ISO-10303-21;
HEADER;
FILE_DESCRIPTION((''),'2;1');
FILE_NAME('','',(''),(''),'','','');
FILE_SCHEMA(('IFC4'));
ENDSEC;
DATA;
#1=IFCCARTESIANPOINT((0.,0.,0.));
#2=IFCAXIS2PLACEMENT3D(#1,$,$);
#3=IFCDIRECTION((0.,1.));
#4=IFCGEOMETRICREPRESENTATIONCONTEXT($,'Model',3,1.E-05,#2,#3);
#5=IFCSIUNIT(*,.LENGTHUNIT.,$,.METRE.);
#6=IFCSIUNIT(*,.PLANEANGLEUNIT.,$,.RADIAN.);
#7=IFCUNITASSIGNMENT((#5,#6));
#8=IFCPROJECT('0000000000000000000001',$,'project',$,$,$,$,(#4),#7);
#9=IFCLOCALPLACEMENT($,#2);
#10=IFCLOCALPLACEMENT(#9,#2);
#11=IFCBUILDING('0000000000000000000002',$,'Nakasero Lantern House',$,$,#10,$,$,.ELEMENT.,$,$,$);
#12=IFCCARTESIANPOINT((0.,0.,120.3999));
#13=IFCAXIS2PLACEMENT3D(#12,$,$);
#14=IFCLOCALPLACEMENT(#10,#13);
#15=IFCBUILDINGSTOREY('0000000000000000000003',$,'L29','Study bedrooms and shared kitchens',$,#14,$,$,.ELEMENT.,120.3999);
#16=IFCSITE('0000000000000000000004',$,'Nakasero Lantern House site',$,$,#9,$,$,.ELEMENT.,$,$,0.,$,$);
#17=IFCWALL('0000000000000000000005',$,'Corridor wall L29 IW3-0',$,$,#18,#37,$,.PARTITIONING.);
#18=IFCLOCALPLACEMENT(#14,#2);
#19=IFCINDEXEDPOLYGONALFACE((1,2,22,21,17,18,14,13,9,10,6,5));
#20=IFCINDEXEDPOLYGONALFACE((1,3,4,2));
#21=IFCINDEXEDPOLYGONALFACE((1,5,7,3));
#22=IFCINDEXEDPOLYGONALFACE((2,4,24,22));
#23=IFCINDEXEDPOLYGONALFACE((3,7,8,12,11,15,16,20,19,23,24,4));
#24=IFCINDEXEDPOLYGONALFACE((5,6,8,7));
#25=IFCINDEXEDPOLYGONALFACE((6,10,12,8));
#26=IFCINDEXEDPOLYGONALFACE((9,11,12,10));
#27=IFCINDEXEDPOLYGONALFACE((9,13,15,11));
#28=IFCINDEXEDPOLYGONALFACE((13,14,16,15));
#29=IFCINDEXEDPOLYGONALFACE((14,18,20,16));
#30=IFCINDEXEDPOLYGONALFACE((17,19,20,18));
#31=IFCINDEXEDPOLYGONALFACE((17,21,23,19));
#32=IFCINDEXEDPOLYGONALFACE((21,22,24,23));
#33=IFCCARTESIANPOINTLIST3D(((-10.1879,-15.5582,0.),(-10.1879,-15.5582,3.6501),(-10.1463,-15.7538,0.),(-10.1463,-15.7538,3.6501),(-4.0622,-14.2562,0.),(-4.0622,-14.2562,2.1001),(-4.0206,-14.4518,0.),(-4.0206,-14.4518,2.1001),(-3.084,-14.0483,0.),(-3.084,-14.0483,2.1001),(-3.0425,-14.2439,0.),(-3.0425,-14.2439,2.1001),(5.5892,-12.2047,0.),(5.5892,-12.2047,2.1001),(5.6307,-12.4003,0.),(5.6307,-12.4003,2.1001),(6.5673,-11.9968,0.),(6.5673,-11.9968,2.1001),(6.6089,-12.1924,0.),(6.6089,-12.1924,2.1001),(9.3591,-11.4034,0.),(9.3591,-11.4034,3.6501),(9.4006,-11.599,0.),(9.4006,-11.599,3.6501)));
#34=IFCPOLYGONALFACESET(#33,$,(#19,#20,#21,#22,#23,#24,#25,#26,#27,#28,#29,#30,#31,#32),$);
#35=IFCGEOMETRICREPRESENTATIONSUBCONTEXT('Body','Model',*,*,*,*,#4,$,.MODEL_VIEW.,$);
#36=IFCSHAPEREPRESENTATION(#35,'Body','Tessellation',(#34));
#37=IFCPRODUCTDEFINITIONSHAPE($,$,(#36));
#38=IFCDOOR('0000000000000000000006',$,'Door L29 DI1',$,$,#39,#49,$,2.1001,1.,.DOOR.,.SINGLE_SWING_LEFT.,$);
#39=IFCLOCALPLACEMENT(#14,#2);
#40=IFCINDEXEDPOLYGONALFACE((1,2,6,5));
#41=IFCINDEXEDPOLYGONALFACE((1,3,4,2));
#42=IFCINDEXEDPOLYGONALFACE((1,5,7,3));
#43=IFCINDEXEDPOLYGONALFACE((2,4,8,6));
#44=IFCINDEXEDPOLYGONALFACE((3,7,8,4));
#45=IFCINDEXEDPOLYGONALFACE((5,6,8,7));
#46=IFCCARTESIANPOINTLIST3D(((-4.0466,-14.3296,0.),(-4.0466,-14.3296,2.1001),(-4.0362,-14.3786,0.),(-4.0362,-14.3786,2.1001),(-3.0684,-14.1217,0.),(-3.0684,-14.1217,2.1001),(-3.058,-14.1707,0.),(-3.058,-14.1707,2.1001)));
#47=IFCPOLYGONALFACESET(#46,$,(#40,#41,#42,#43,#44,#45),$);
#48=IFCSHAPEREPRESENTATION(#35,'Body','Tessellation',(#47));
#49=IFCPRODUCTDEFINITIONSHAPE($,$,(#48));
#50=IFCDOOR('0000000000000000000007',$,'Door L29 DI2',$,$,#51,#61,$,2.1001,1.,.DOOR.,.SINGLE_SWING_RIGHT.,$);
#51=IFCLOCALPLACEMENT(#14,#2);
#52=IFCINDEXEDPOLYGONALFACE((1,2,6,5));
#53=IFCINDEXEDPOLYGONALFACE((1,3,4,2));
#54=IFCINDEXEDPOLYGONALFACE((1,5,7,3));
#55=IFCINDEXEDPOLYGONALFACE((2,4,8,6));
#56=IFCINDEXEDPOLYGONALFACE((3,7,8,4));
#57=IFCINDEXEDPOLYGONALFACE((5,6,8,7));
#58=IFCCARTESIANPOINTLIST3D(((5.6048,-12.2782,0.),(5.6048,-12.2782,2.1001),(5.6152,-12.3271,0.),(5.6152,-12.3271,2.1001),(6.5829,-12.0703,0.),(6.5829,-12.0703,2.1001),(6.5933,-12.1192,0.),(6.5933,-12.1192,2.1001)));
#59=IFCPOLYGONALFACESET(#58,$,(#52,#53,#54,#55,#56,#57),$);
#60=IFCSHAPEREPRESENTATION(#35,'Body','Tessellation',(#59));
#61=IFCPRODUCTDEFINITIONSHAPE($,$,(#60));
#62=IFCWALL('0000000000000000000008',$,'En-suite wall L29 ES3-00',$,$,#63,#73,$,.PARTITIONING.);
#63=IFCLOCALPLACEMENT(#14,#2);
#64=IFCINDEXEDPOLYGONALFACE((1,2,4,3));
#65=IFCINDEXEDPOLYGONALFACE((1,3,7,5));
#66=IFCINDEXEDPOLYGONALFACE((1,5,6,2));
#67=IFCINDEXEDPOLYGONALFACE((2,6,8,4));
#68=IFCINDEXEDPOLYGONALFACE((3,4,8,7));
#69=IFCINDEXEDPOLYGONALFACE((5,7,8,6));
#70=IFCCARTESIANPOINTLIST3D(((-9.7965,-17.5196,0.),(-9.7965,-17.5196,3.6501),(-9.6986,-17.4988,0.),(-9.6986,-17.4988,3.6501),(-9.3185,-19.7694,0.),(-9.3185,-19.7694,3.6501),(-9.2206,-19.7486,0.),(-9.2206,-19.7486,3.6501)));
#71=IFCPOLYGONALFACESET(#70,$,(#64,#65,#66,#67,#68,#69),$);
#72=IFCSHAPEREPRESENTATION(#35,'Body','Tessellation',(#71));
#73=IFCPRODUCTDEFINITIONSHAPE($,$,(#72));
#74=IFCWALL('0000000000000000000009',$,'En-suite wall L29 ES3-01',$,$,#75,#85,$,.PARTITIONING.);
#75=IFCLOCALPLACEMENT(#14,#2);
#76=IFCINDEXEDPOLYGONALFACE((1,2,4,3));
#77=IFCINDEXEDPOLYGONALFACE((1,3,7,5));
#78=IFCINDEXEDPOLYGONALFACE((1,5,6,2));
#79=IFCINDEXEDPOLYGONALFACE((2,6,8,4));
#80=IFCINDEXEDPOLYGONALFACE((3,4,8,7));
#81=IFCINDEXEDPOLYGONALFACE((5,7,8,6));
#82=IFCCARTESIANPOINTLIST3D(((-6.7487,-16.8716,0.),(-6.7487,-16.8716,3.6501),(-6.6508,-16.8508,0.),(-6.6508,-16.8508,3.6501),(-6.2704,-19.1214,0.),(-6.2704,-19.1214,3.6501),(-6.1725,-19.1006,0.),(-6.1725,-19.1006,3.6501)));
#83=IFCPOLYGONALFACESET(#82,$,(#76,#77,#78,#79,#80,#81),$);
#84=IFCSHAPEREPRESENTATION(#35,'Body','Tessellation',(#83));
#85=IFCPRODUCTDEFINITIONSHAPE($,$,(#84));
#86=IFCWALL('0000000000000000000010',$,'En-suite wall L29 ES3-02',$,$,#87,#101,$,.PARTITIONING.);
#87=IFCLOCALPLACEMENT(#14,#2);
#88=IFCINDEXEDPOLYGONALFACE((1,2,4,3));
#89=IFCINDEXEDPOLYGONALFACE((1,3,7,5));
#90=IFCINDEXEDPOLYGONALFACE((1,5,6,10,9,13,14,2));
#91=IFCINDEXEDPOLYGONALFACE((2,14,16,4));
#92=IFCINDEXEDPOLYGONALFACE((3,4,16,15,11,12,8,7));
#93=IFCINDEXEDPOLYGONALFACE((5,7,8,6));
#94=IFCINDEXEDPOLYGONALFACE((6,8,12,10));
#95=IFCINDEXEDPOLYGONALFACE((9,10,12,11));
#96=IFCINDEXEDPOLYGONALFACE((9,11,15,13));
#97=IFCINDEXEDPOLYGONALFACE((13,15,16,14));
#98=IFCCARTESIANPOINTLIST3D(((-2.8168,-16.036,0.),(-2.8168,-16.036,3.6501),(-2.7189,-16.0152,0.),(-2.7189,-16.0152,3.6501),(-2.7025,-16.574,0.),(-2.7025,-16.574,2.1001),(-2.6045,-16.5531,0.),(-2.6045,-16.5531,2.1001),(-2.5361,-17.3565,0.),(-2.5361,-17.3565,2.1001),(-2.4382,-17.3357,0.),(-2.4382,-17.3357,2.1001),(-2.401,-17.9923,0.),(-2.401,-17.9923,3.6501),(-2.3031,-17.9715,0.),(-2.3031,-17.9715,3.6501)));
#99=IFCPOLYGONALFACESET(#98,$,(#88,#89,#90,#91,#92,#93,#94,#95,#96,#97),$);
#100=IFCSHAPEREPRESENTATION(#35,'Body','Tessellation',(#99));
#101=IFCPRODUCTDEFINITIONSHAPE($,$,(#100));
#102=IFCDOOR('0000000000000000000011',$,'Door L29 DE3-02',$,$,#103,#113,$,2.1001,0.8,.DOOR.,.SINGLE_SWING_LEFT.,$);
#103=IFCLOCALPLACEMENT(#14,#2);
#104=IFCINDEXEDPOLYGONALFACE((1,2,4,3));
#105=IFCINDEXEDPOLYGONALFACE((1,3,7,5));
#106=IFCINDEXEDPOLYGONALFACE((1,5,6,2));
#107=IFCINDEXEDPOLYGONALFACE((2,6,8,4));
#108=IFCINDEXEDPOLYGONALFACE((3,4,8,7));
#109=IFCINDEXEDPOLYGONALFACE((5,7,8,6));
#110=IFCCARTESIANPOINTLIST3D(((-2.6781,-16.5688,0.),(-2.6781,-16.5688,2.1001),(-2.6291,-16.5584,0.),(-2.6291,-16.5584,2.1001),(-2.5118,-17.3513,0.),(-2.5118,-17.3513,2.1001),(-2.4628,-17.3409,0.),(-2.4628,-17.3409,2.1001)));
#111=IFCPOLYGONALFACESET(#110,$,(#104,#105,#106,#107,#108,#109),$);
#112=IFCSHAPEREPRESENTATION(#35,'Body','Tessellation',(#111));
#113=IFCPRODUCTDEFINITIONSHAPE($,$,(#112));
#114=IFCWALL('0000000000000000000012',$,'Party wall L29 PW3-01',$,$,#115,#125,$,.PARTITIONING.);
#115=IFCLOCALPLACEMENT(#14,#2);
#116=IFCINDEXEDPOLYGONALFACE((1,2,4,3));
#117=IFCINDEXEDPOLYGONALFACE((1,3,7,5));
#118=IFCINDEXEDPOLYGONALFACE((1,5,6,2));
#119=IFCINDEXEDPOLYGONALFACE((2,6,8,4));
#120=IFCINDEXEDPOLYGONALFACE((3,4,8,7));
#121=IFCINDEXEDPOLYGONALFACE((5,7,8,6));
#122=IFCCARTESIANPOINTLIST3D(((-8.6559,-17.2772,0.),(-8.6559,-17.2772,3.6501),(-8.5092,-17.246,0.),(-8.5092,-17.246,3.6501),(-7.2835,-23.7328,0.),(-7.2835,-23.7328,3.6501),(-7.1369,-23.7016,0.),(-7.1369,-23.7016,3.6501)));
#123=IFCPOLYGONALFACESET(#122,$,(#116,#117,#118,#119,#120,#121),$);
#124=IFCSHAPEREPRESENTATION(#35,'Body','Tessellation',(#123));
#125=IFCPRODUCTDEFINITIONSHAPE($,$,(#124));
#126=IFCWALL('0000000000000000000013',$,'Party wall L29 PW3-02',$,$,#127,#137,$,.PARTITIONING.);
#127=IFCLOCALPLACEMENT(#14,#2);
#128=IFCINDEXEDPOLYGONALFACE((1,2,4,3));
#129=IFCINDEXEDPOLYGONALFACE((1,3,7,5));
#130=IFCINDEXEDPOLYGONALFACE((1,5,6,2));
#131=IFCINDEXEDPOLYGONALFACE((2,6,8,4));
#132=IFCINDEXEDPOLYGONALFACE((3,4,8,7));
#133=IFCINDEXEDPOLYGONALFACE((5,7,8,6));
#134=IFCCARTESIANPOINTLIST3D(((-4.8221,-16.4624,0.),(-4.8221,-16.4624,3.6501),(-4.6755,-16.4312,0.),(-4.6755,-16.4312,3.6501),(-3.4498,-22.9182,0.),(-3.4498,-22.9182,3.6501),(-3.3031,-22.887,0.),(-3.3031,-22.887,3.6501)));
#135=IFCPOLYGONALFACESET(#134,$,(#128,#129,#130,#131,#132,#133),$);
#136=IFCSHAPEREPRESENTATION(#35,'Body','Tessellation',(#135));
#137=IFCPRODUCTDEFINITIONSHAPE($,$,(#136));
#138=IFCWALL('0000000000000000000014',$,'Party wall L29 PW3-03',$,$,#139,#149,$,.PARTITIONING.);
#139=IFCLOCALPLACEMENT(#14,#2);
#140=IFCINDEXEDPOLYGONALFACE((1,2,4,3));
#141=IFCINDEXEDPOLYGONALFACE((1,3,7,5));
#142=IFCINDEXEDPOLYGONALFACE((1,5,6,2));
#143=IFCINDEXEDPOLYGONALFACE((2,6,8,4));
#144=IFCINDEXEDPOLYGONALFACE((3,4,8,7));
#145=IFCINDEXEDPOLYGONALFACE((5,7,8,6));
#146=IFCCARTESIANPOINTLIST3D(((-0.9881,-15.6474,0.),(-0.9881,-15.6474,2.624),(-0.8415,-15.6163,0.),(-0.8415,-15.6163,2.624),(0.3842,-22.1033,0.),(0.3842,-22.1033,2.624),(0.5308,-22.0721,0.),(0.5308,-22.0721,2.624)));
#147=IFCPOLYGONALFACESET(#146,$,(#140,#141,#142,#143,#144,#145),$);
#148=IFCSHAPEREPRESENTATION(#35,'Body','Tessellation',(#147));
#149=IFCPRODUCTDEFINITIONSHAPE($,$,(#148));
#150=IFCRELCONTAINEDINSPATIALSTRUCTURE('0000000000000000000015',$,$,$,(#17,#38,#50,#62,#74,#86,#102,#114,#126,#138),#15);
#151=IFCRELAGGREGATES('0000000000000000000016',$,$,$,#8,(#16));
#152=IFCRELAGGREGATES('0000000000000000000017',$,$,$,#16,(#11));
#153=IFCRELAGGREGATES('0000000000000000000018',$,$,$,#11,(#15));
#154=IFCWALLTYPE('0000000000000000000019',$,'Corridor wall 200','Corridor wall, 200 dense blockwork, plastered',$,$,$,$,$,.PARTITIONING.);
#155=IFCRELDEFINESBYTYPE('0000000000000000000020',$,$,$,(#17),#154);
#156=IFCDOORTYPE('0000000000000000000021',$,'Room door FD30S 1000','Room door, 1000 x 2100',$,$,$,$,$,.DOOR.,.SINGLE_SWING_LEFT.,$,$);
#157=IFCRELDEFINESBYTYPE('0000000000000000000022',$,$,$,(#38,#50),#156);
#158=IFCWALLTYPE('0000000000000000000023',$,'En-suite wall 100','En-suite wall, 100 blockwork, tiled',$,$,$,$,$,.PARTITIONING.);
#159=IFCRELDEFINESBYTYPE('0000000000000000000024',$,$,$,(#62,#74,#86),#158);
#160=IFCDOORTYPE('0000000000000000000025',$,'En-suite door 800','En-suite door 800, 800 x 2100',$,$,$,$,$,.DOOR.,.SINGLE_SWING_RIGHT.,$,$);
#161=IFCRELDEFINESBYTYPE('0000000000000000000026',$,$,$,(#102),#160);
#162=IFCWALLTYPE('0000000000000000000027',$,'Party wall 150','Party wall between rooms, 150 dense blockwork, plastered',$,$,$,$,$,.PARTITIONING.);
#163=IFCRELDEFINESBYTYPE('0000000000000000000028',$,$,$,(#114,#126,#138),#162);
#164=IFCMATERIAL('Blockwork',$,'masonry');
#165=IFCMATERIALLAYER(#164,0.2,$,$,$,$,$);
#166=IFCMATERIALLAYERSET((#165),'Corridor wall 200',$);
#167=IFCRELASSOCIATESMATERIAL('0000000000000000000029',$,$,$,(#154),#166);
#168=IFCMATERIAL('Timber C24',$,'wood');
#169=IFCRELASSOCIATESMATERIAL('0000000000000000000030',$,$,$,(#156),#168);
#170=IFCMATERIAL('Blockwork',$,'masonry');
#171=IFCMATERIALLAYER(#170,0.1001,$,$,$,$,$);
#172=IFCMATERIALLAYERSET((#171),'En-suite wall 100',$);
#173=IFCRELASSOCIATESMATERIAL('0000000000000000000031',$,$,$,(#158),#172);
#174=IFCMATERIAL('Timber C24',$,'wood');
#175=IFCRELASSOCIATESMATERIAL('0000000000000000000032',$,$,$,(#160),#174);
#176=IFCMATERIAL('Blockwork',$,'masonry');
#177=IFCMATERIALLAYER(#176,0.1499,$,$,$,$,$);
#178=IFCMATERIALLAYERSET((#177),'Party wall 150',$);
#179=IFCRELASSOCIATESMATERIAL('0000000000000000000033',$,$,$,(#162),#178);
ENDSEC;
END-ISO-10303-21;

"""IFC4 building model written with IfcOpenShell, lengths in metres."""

from ifc_helpers import new_model, si_unit, direction, frame, frame_2d, origin, place, context, subcontext, project, spatial, rectangle, extrude, material, layer, layer_set, type_object, element, fill, save


model = new_model("IFC4")

# Units and contexts
model_context = context("Model", 3, precision=1e-05, world=origin(), true_north=direction((0.0, 1.0)))
body_context = subcontext(model_context, "Body", "Model", "MODEL_VIEW")
ifc_project = project(units=[si_unit("LENGTHUNIT", "METRE"), si_unit("PLANEANGLEUNIT", "RADIAN")], contexts=[model_context])

# Site, building, storey
site_placement = place(None, origin())
site = spatial("IfcSite", under=ifc_project, at=site_placement, Name="Nakasero Lantern House site", CompositionType="ELEMENT", RefElevation=0.0)
building_placement = place(site_placement, origin())
building = spatial("IfcBuilding", under=site, at=building_placement, Name="Nakasero Lantern House", CompositionType="ELEMENT")
storey_placement = place(building_placement, frame((0.0, 0.0, 120.3999)))
storey = spatial("IfcBuildingStorey", under=building, at=storey_placement, Name="L29", Description="Study bedrooms and shared kitchens", CompositionType="ELEMENT", Elevation=120.3999)

# Shared definitions
ifc_material_1 = material(Name="Blockwork", Category="masonry")
ifc_layer_1 = layer(ifc_material_1, 0.2)
ifc_layer_set_1 = layer_set([ifc_layer_1], Name="Corridor wall 200")
wall_type_1 = type_object("IfcWallType", Name="Corridor wall 200", Description="Corridor wall, 200 dense blockwork, plastered", PredefinedType="PARTITIONING", material=ifc_layer_set_1)

# Wall, openings, doors
wall_1_placement = place(storey_placement, frame((-10.167, -15.656, 0.0), z_axis=(0.0, 0.0, 1.0), x_axis=(0.978148, 0.20791, 0.0)))
wall_1 = element("IfcWall", 1, at=wall_1_placement, inside=storey, type_object=wall_type_1, Name="Corridor wall L29 IW3-0", PredefinedType="PARTITIONING", context=body_context, shape_type="SweptSolid", body=[
    extrude(rectangle(XDim=19.9836, YDim=0.2, at=frame_2d((9.9917, 0.0))), origin(), (0.0, 0.0, 1.0), 3.6501),
])
opening_1_placement = place(wall_1_placement, frame((6.2625, 0.0, 0.0)))
opening_1 = element("IfcOpeningElement", 2, at=opening_1_placement, cuts=wall_1, PredefinedType="OPENING", context=body_context, shape_type="SweptSolid", body=[
    extrude(rectangle(XDim=1.0, YDim=2.1001, at=frame_2d((0.5, 1.05))), frame((0.0, 0.1199, 0.0), z_axis=(0.0, -1.0, 0.0), x_axis=(1.0, 0.0, 0.0)), (0.0, 0.0, 1.0), 0.24),
])
opening_2_placement = place(wall_1_placement, frame((16.1294, 0.0, 0.0)))
opening_2 = element("IfcOpeningElement", 3, at=opening_2_placement, cuts=wall_1, PredefinedType="OPENING", context=body_context, shape_type="SweptSolid", body=[
    extrude(rectangle(XDim=1.0, YDim=2.1001, at=frame_2d((0.5, 1.05))), frame((0.0, 0.1199, 0.0), z_axis=(0.0, -1.0, 0.0), x_axis=(1.0, 0.0, 0.0)), (0.0, 0.0, 1.0), 0.24),
])
ifc_material_2 = material(Name="Timber C24", Category="wood")
door_type_1 = type_object("IfcDoorType", Name="Room door FD30S 1000", Description="Room door, 1000 x 2100", OperationType="SINGLE_SWING_LEFT", PredefinedType="DOOR", material=ifc_material_2)
door_1_placement = place(opening_1_placement, origin())
door_1 = element("IfcDoor", 4, at=door_1_placement, inside=storey, type_object=door_type_1, Name="Door L29 DI1", OperationType="SINGLE_SWING_LEFT", OverallHeight=2.1001, OverallWidth=1.0, PredefinedType="DOOR", context=body_context, shape_type="SweptSolid", body=[
    extrude(rectangle(XDim=1.0, YDim=2.1001, at=frame_2d((0.5, 1.05))), frame((0.0, 0.0249, 0.0), z_axis=(0.0, -1.0, 0.0), x_axis=(1.0, 0.0, 0.0)), (0.0, 0.0, 1.0), 0.05),
])
fill(opening_1, door_1)
door_2_placement = place(opening_2_placement, origin())
door_2 = element("IfcDoor", 5, at=door_2_placement, inside=storey, type_object=door_type_1, Name="Door L29 DI2", OperationType="SINGLE_SWING_RIGHT", OverallHeight=2.1001, OverallWidth=1.0, PredefinedType="DOOR", context=body_context, shape_type="SweptSolid", body=[
    extrude(rectangle(XDim=1.0, YDim=2.1001, at=frame_2d((0.5, 1.05))), frame((0.0, 0.0249, 0.0), z_axis=(0.0, -1.0, 0.0), x_axis=(1.0, 0.0, 0.0)), (0.0, 0.0, 1.0), 0.05),
])
fill(opening_2, door_2)

# Walls
ifc_material_3 = material(Name="Blockwork", Category="masonry")
ifc_layer_2 = layer(ifc_material_3, 0.1001)
ifc_layer_set_2 = layer_set([ifc_layer_2], Name="En-suite wall 100")
wall_type_2 = type_object("IfcWallType", Name="En-suite wall 100", Description="En-suite wall, 100 blockwork, tiled", PredefinedType="PARTITIONING", material=ifc_layer_set_2)
for number, where, z_axis, x_axis, name in (
    (6, (-9.7476, -17.5093, 0.0), (0.0, 0.0, 1.0), (0.20784, -0.978163, 0.0), "En-suite wall L29 ES3-00"),
    (7, (-6.6997, -16.8613, 0.0), (0.0, 0.0, 1.0), (0.207941, -0.978141, 0.0), "En-suite wall L29 ES3-01"),
):
    element("IfcWall", number, at=place(storey_placement, frame(where, z_axis=z_axis, x_axis=x_axis)), inside=storey, type_object=wall_type_2, Name=name, PredefinedType="PARTITIONING", context=body_context, shape_type="SweptSolid", body=[
        extrude(rectangle(XDim=2.3, YDim=0.1001, at=frame_2d((1.1499, 0.0))), origin(), (0.0, 0.0, 1.0), 3.6501),
    ])

# Wall, opening, door
wall_2_placement = place(storey_placement, frame((-2.7678, -16.0256, 0.0), z_axis=(0.0, 0.0, 1.0), x_axis=(0.207886, -0.978153, 0.0)))
wall_2 = element("IfcWall", 8, at=wall_2_placement, inside=storey, type_object=wall_type_2, Name="En-suite wall L29 ES3-02", PredefinedType="PARTITIONING", context=body_context, shape_type="SweptSolid", body=[
    extrude(rectangle(XDim=2.0, YDim=0.1001, at=frame_2d((1.0, 0.0))), origin(), (0.0, 0.0, 1.0), 3.6501),
])
opening_3_placement = place(wall_2_placement, frame((0.55, 0.0, 0.0)))
opening_3 = element("IfcOpeningElement", 9, at=opening_3_placement, cuts=wall_2, PredefinedType="OPENING", context=body_context, shape_type="SweptSolid", body=[
    extrude(rectangle(XDim=0.8, YDim=2.1001, at=frame_2d((0.3999, 1.05))), frame((0.0, 0.0701, 0.0), z_axis=(0.0, -1.0, 0.0), x_axis=(1.0, 0.0, 0.0)), (0.0, 0.0, 1.0), 0.1401),
])
ifc_material_4 = material(Name="Timber C24", Category="wood")
door_type_2 = type_object("IfcDoorType", Name="En-suite door 800", Description="En-suite door 800, 800 x 2100", OperationType="SINGLE_SWING_RIGHT", PredefinedType="DOOR", material=ifc_material_4)
door_3_placement = place(opening_3_placement, origin())
door_3 = element("IfcDoor", 10, at=door_3_placement, inside=storey, type_object=door_type_2, Name="Door L29 DE3-02", OperationType="SINGLE_SWING_LEFT", OverallHeight=2.1001, OverallWidth=0.8, PredefinedType="DOOR", context=body_context, shape_type="SweptSolid", body=[
    extrude(rectangle(XDim=0.8, YDim=2.1001, at=frame_2d((0.3999, 1.05))), frame((0.0, 0.0249, 0.0), z_axis=(0.0, -1.0, 0.0), x_axis=(1.0, 0.0, 0.0)), (0.0, 0.0, 1.0), 0.05),
])
fill(opening_3, door_3)

# Walls
ifc_material_5 = material(Name="Blockwork", Category="masonry")
ifc_layer_3 = layer(ifc_material_5, 0.1499)
ifc_layer_set_3 = layer_set([ifc_layer_3], Name="Party wall 150")
wall_type_3 = type_object("IfcWallType", Name="Party wall 150", Description="Party wall between rooms, 150 dense blockwork, plastered", PredefinedType="PARTITIONING", material=ifc_layer_set_3)
wall_3_placement = place(storey_placement, frame((-8.5825, -17.2617, 0.0), z_axis=(0.0, 0.0, 1.0), x_axis=(0.207932, -0.978143, 0.0)))
element("IfcWall", 11, at=wall_3_placement, inside=storey, type_object=wall_type_3, Name="Party wall L29 PW3-01", PredefinedType="PARTITIONING", context=body_context, shape_type="SweptSolid", body=[
    extrude(rectangle(XDim=6.5999, YDim=0.1499, at=frame_2d((3.2998, 0.0))), origin(), (0.0, 0.0, 1.0), 3.6501),
])
wall_4_placement = place(storey_placement, frame((-4.7488, -16.4468, 0.0), z_axis=(0.0, 0.0, 1.0), x_axis=(0.207925, -0.978145, 0.0)))
element("IfcWall", 12, at=wall_4_placement, inside=storey, type_object=wall_type_3, Name="Party wall L29 PW3-02", PredefinedType="PARTITIONING", context=body_context, shape_type="SweptSolid", body=[
    extrude(rectangle(XDim=6.6001, YDim=0.1499, at=frame_2d((3.3, 0.0))), origin(), (0.0, 0.0, 1.0), 3.6501),
])
wall_5_placement = place(storey_placement, frame((-0.9148, -15.6318, 0.0), z_axis=(0.0, 0.0, 1.0), x_axis=(0.207925, -0.978145, 0.0)))
element("IfcWall", 13, at=wall_5_placement, inside=storey, type_object=wall_type_3, Name="Party wall L29 PW3-03", PredefinedType="PARTITIONING", context=body_context, shape_type="SweptSolid", body=[
    extrude(rectangle(XDim=6.6001, YDim=0.1499, at=frame_2d((3.3, 0.0))), origin(), (0.0, 0.0, 1.0), 2.624),
])

save(model, "model.ifc")
